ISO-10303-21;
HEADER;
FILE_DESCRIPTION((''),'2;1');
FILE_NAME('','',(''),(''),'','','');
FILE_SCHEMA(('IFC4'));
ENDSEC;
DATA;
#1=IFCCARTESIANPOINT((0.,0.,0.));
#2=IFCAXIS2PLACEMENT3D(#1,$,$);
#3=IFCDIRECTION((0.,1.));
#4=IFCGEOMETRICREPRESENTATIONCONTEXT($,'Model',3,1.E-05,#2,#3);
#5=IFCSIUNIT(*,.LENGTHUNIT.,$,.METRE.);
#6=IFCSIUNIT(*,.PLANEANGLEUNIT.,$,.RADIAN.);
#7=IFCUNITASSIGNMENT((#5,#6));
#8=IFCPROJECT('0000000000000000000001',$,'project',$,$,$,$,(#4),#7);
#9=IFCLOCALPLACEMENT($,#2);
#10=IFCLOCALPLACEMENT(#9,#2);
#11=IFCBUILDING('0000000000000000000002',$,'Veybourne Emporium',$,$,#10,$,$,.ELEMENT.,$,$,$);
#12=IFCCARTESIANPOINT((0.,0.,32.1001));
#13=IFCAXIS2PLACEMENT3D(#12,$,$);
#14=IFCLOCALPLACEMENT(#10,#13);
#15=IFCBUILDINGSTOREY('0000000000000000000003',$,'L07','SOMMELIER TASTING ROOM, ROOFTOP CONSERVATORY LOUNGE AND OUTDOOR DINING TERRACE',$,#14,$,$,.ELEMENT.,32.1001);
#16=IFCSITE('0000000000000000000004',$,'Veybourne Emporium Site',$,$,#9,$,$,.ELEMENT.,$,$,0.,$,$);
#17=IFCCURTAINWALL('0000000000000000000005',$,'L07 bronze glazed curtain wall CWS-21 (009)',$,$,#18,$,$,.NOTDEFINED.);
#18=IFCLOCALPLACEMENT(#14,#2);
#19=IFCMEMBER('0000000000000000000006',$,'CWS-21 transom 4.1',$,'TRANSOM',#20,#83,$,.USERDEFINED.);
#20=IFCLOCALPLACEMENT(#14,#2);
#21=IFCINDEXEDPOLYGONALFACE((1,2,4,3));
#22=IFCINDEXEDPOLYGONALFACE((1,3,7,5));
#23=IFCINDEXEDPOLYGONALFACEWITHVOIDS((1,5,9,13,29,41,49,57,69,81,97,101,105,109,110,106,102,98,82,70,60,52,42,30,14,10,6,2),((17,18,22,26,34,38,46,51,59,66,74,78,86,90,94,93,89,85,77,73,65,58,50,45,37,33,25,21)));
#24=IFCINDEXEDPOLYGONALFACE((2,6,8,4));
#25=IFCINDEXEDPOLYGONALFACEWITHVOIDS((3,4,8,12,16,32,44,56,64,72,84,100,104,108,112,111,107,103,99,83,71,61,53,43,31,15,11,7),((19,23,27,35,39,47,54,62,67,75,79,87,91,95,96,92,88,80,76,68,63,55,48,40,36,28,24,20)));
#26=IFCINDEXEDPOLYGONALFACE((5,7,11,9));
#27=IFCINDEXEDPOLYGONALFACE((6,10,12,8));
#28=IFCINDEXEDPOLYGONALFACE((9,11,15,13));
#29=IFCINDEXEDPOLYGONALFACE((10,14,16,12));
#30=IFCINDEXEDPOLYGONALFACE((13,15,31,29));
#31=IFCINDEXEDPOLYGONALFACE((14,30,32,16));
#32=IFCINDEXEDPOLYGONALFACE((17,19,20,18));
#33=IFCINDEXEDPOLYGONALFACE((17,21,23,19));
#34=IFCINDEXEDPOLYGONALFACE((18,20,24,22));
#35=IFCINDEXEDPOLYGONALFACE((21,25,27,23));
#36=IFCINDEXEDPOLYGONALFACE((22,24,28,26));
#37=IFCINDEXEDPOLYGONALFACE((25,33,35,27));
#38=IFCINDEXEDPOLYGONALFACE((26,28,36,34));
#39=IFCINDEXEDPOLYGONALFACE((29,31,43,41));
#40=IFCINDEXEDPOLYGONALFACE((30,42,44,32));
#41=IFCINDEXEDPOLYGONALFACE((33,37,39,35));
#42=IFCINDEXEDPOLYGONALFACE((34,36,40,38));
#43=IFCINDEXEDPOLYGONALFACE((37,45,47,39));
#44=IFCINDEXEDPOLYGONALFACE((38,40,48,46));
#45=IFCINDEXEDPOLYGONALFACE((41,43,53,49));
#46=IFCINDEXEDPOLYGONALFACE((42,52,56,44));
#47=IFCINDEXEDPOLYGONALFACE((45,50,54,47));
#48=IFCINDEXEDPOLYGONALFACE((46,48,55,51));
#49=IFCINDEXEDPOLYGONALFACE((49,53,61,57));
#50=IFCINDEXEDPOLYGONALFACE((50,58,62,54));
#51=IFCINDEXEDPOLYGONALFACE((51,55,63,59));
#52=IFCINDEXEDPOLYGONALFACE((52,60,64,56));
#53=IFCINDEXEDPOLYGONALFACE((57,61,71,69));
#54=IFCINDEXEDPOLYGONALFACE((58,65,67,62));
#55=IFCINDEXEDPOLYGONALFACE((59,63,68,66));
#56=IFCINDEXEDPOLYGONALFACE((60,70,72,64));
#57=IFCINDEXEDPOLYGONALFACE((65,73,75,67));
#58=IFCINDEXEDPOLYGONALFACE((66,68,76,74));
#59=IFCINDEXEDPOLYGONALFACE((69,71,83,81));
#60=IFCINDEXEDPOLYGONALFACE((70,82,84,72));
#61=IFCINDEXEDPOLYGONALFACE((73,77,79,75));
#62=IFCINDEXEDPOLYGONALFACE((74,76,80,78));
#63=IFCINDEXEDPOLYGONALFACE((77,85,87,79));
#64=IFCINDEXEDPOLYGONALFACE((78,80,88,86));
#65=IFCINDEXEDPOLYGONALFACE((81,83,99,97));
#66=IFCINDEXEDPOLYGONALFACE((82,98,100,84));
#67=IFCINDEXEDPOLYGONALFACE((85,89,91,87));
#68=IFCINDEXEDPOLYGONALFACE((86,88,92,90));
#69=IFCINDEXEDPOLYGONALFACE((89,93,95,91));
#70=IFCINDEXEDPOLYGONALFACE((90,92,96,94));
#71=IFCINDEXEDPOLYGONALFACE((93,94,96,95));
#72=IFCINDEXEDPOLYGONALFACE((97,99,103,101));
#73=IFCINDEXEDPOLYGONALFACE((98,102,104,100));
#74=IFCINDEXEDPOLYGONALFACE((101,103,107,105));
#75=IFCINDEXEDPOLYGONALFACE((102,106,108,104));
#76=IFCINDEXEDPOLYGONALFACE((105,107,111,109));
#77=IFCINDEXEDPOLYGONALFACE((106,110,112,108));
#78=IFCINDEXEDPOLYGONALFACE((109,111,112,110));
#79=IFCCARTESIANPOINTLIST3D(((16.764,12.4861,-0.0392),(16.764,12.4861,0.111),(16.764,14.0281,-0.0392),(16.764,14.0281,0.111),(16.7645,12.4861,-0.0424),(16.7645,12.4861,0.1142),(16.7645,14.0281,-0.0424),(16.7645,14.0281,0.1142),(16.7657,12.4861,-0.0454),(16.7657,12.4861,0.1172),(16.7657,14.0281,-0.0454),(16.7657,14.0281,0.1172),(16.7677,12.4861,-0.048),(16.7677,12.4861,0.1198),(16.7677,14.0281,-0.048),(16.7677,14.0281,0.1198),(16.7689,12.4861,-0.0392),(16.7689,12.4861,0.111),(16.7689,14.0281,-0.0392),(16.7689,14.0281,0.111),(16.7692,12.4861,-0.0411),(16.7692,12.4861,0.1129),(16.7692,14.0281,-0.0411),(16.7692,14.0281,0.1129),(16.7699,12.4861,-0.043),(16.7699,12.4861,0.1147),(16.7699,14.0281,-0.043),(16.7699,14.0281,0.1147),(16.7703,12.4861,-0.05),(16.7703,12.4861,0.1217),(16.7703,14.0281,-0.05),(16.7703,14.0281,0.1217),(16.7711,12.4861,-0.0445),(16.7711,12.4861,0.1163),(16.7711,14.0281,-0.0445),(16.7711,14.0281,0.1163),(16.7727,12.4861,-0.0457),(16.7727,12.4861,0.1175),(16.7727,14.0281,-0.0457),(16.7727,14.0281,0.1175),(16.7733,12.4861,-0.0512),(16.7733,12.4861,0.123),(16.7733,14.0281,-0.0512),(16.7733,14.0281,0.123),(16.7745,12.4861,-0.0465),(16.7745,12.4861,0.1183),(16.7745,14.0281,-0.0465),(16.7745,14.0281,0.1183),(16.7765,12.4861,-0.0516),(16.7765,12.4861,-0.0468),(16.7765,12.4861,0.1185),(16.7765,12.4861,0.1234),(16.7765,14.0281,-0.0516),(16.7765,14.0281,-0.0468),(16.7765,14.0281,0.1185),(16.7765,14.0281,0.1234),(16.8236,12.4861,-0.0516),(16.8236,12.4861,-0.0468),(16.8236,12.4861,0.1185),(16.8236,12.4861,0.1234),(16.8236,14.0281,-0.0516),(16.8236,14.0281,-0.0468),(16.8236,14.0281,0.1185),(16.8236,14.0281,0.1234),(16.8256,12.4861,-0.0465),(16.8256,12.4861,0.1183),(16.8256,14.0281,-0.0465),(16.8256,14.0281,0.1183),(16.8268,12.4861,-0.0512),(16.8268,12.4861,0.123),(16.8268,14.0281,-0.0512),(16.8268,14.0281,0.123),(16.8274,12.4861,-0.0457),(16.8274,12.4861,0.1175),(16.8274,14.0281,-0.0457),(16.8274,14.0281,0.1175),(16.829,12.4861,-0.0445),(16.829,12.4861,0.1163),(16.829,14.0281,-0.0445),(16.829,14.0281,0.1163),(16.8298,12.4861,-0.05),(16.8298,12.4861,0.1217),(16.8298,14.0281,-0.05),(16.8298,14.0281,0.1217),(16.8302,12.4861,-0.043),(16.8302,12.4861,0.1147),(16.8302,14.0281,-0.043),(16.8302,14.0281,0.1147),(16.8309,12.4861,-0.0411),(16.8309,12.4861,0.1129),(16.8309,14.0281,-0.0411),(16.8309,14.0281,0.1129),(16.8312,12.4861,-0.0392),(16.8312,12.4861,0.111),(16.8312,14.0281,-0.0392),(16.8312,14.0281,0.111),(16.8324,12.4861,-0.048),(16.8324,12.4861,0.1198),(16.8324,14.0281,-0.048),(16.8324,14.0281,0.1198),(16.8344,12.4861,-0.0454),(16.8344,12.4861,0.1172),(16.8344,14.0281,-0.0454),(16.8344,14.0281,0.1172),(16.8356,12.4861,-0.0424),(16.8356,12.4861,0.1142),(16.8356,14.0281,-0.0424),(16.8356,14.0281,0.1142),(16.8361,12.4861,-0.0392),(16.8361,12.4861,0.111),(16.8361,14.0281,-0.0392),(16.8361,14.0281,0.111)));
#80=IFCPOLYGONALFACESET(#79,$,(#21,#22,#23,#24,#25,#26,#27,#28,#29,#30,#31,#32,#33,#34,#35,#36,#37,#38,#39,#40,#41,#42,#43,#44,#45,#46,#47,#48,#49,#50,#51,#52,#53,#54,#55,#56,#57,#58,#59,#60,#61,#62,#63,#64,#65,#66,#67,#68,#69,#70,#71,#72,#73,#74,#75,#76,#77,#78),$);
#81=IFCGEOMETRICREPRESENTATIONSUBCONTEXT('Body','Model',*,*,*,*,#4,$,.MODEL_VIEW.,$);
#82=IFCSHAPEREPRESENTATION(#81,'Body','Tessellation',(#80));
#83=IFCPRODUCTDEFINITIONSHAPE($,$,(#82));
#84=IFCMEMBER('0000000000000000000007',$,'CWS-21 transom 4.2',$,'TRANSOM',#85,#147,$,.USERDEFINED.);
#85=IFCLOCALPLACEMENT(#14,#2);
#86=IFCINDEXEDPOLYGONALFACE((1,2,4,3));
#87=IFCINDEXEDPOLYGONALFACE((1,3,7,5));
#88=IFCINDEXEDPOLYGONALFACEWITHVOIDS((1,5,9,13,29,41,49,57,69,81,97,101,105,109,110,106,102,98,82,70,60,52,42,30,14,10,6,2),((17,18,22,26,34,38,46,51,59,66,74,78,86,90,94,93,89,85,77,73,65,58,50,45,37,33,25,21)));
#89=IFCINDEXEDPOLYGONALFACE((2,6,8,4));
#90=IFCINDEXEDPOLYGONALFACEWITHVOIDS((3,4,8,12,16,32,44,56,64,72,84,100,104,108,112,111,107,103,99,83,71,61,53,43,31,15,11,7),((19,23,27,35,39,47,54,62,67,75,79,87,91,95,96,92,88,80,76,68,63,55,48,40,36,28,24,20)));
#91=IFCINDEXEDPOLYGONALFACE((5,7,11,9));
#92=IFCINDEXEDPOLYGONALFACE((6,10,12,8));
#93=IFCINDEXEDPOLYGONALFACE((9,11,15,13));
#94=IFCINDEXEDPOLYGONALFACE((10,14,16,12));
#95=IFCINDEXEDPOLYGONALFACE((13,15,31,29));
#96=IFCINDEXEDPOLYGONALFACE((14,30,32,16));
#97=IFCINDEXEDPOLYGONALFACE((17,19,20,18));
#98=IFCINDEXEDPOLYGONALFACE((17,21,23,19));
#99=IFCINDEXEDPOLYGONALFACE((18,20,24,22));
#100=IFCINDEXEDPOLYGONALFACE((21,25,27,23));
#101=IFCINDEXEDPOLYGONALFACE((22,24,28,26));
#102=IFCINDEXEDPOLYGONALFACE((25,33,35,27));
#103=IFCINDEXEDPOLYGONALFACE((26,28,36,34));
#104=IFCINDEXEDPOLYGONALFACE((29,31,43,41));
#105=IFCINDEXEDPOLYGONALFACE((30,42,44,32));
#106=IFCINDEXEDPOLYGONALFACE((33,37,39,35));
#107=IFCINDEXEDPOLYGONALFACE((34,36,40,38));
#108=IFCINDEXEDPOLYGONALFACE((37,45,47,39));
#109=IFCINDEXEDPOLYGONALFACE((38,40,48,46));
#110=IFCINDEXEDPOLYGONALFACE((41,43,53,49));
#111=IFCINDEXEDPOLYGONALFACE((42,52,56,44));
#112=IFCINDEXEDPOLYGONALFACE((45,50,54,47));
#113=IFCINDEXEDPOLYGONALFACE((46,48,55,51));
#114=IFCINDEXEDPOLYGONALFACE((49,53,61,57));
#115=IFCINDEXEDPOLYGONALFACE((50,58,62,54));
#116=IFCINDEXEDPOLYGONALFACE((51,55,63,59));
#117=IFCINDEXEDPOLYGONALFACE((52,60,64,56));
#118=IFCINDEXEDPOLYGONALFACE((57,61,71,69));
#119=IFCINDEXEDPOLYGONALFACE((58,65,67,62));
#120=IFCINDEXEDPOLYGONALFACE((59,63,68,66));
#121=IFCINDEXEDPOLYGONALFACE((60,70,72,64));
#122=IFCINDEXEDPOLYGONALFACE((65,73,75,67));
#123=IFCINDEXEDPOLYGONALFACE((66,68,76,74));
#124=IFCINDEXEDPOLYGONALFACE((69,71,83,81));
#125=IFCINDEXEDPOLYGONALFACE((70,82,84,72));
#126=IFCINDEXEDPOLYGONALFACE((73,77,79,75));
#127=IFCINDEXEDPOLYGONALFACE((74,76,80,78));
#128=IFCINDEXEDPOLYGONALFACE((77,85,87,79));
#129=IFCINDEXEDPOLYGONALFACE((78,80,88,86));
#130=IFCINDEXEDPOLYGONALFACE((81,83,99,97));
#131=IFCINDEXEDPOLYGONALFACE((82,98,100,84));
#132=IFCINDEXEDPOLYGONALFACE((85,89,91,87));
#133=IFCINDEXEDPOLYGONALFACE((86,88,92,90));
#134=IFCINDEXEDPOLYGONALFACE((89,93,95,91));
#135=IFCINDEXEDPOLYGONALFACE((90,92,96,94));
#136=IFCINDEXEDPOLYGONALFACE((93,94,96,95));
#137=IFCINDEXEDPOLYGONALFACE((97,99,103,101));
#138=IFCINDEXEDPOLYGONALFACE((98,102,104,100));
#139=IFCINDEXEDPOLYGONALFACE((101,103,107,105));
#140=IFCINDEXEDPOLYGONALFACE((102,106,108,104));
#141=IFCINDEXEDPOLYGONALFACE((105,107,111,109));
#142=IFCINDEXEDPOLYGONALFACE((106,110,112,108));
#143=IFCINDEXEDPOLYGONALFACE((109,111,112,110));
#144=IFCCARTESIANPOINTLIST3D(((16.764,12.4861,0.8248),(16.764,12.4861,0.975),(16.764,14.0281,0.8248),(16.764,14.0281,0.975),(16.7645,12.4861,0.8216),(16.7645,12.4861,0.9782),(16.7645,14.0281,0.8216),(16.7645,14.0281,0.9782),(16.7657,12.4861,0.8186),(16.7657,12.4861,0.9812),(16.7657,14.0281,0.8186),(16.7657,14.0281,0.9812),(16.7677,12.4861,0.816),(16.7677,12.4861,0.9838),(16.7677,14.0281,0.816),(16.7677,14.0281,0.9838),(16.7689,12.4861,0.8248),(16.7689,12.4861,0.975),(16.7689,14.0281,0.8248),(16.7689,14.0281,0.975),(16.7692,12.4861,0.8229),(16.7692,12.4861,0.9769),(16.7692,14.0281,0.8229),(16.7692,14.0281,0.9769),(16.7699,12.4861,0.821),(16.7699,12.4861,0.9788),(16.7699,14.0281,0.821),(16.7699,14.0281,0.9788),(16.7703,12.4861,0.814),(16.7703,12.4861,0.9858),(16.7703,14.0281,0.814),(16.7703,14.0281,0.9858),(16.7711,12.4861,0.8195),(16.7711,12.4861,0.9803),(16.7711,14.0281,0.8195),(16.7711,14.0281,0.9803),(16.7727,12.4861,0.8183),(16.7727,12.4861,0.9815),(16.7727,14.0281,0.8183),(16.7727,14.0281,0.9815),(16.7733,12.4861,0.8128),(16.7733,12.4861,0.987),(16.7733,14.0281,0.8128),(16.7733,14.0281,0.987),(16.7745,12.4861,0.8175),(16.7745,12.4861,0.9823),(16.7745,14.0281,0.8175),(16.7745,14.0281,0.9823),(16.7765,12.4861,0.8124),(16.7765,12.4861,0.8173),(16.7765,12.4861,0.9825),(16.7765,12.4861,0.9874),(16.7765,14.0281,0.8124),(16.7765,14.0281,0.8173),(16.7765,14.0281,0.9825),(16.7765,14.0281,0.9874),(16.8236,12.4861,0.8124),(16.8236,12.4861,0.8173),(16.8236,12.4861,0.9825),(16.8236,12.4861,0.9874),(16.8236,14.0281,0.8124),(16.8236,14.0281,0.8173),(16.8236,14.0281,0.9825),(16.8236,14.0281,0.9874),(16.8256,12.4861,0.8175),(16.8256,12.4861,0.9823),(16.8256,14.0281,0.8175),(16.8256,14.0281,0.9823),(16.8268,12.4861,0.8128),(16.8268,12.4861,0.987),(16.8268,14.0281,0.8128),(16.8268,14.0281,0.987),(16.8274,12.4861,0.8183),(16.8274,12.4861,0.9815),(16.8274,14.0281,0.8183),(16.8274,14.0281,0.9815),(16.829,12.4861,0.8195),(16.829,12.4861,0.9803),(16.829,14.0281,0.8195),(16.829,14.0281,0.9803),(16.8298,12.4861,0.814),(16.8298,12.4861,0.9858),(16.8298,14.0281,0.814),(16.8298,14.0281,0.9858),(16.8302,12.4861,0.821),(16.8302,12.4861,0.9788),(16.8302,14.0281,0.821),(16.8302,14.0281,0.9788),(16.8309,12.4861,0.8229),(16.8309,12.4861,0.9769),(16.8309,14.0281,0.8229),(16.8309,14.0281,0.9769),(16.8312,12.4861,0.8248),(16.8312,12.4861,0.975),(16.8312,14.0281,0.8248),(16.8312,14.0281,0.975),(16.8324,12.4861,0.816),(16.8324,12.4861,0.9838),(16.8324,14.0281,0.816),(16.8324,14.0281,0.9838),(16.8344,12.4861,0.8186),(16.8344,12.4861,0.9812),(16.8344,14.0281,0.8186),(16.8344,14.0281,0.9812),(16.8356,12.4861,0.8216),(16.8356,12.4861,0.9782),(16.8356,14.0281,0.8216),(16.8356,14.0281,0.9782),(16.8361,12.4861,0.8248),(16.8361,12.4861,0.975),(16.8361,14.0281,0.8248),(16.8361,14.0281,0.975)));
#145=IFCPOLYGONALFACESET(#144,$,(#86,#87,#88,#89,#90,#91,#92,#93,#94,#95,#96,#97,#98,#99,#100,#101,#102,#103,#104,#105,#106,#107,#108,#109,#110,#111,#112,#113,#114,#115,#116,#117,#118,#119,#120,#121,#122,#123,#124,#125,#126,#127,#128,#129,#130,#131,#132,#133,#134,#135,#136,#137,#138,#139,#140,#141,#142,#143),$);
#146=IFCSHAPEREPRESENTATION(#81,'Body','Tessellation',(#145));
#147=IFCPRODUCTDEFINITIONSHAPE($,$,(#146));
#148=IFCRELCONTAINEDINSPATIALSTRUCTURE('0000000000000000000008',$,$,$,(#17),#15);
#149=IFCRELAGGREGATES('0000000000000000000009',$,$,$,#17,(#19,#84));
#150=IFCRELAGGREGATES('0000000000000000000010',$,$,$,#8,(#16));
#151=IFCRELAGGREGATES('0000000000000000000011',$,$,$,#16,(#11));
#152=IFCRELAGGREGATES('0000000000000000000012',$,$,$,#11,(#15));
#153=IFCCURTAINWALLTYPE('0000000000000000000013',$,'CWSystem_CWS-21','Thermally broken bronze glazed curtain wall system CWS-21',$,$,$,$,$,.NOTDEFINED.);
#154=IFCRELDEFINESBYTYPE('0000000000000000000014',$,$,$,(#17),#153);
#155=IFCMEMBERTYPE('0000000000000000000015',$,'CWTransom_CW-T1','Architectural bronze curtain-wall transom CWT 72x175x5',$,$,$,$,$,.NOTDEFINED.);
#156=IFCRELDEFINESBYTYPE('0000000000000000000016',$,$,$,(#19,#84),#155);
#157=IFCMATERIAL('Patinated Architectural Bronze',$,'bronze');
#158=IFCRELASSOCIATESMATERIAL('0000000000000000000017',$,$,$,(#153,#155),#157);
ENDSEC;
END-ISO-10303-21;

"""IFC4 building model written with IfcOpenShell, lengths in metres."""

from ifc_helpers import new_model, si_unit, direction, frame, origin, origin_2d, place, context, subcontext, project, spatial, hollow_rectangle, extrude, material, material_profile, profile_set, type_object, element, aggregate, save


model = new_model("IFC4")

# Units and contexts
model_context = context("Model", 3, precision=1e-05, world=origin(), true_north=direction((0.0, 1.0)))
body_context = subcontext(model_context, "Body", "Model", "MODEL_VIEW")
ifc_project = project(units=[si_unit("LENGTHUNIT", "METRE"), si_unit("PLANEANGLEUNIT", "RADIAN")], contexts=[model_context])

# Site, building, storey
site_placement = place(None, origin())
site = spatial("IfcSite", under=ifc_project, at=site_placement, Name="Veybourne Emporium Site", CompositionType="ELEMENT", RefElevation=0.0)
building_placement = place(site_placement, origin())
building = spatial("IfcBuilding", under=site, at=building_placement, Name="Veybourne Emporium", CompositionType="ELEMENT")
storey_placement = place(building_placement, frame((0.0, 0.0, 32.1001)))
storey = spatial("IfcBuildingStorey", under=building, at=storey_placement, Name="L07", Description="SOMMELIER TASTING ROOM, ROOFTOP CONSERVATORY LOUNGE AND OUTDOOR DINING TERRACE", CompositionType="ELEMENT", Elevation=32.1001)

# Curtain wall
ifc_material_1 = material(Name="Patinated Architectural Bronze", Category="bronze")
curtain_wall_type_1 = type_object("IfcCurtainWallType", Name="CWSystem_CWS-21", Description="Thermally broken bronze glazed curtain wall system CWS-21", PredefinedType="NOTDEFINED", material=ifc_material_1)
curtain_wall_1_placement = place(storey_placement, origin())
curtain_wall_1 = element("IfcCurtainWall", 1, at=curtain_wall_1_placement, inside=storey, type_object=curtain_wall_type_1, Name="L07 bronze glazed curtain wall CWS-21 (009)", PredefinedType="NOTDEFINED")

# Members
ifc_material_profile_1 = material_profile(ifc_material_1, hollow_rectangle(XDim=0.072, YDim=0.175, WallThickness=0.0049, InnerFilletRadius=0.0076, OuterFilletRadius=0.0125, at=origin_2d()), Name="CWT 72x175x5")
ifc_profile_set_1 = profile_set([ifc_material_profile_1], Name="Patinated Architectural Bronze")
member_type_1 = type_object("IfcMemberType", Name="CWTransom_CW-T1", Description="Architectural bronze curtain-wall transom CWT 72x175x5", PredefinedType="NOTDEFINED", material=ifc_profile_set_1)
member_1_placement = place(storey_placement, frame((16.8, 12.4861, 0.0359), z_axis=(0.0, 1.0, 0.0), x_axis=(-1.0, 0.0, 0.0)))
member_1 = element("IfcMember", 2, at=member_1_placement, type_object=member_type_1, Name="CWS-21 transom 4.1", ObjectType="TRANSOM", PredefinedType="USERDEFINED", context=body_context, shape_type="SweptSolid", body=[
    extrude(hollow_rectangle(XDim=0.072, YDim=0.175, WallThickness=0.0049, InnerFilletRadius=0.0076, OuterFilletRadius=0.0125, at=origin_2d()), origin(), (0.0, 0.0, 1.0), 1.542),
])
member_2_placement = place(storey_placement, frame((16.8, 12.4861, 0.8999), z_axis=(0.0, 1.0, 0.0), x_axis=(-1.0, 0.0, 0.0)))
member_2 = element("IfcMember", 3, at=member_2_placement, type_object=member_type_1, Name="CWS-21 transom 4.2", ObjectType="TRANSOM", PredefinedType="USERDEFINED", context=body_context, shape_type="SweptSolid", body=[
    extrude(hollow_rectangle(XDim=0.072, YDim=0.175, WallThickness=0.0049, InnerFilletRadius=0.0076, OuterFilletRadius=0.0125, at=origin_2d()), origin(), (0.0, 0.0, 1.0), 1.542),
])

aggregate(curtain_wall_1, [member_1, member_2])

save(model, "model.ifc")
